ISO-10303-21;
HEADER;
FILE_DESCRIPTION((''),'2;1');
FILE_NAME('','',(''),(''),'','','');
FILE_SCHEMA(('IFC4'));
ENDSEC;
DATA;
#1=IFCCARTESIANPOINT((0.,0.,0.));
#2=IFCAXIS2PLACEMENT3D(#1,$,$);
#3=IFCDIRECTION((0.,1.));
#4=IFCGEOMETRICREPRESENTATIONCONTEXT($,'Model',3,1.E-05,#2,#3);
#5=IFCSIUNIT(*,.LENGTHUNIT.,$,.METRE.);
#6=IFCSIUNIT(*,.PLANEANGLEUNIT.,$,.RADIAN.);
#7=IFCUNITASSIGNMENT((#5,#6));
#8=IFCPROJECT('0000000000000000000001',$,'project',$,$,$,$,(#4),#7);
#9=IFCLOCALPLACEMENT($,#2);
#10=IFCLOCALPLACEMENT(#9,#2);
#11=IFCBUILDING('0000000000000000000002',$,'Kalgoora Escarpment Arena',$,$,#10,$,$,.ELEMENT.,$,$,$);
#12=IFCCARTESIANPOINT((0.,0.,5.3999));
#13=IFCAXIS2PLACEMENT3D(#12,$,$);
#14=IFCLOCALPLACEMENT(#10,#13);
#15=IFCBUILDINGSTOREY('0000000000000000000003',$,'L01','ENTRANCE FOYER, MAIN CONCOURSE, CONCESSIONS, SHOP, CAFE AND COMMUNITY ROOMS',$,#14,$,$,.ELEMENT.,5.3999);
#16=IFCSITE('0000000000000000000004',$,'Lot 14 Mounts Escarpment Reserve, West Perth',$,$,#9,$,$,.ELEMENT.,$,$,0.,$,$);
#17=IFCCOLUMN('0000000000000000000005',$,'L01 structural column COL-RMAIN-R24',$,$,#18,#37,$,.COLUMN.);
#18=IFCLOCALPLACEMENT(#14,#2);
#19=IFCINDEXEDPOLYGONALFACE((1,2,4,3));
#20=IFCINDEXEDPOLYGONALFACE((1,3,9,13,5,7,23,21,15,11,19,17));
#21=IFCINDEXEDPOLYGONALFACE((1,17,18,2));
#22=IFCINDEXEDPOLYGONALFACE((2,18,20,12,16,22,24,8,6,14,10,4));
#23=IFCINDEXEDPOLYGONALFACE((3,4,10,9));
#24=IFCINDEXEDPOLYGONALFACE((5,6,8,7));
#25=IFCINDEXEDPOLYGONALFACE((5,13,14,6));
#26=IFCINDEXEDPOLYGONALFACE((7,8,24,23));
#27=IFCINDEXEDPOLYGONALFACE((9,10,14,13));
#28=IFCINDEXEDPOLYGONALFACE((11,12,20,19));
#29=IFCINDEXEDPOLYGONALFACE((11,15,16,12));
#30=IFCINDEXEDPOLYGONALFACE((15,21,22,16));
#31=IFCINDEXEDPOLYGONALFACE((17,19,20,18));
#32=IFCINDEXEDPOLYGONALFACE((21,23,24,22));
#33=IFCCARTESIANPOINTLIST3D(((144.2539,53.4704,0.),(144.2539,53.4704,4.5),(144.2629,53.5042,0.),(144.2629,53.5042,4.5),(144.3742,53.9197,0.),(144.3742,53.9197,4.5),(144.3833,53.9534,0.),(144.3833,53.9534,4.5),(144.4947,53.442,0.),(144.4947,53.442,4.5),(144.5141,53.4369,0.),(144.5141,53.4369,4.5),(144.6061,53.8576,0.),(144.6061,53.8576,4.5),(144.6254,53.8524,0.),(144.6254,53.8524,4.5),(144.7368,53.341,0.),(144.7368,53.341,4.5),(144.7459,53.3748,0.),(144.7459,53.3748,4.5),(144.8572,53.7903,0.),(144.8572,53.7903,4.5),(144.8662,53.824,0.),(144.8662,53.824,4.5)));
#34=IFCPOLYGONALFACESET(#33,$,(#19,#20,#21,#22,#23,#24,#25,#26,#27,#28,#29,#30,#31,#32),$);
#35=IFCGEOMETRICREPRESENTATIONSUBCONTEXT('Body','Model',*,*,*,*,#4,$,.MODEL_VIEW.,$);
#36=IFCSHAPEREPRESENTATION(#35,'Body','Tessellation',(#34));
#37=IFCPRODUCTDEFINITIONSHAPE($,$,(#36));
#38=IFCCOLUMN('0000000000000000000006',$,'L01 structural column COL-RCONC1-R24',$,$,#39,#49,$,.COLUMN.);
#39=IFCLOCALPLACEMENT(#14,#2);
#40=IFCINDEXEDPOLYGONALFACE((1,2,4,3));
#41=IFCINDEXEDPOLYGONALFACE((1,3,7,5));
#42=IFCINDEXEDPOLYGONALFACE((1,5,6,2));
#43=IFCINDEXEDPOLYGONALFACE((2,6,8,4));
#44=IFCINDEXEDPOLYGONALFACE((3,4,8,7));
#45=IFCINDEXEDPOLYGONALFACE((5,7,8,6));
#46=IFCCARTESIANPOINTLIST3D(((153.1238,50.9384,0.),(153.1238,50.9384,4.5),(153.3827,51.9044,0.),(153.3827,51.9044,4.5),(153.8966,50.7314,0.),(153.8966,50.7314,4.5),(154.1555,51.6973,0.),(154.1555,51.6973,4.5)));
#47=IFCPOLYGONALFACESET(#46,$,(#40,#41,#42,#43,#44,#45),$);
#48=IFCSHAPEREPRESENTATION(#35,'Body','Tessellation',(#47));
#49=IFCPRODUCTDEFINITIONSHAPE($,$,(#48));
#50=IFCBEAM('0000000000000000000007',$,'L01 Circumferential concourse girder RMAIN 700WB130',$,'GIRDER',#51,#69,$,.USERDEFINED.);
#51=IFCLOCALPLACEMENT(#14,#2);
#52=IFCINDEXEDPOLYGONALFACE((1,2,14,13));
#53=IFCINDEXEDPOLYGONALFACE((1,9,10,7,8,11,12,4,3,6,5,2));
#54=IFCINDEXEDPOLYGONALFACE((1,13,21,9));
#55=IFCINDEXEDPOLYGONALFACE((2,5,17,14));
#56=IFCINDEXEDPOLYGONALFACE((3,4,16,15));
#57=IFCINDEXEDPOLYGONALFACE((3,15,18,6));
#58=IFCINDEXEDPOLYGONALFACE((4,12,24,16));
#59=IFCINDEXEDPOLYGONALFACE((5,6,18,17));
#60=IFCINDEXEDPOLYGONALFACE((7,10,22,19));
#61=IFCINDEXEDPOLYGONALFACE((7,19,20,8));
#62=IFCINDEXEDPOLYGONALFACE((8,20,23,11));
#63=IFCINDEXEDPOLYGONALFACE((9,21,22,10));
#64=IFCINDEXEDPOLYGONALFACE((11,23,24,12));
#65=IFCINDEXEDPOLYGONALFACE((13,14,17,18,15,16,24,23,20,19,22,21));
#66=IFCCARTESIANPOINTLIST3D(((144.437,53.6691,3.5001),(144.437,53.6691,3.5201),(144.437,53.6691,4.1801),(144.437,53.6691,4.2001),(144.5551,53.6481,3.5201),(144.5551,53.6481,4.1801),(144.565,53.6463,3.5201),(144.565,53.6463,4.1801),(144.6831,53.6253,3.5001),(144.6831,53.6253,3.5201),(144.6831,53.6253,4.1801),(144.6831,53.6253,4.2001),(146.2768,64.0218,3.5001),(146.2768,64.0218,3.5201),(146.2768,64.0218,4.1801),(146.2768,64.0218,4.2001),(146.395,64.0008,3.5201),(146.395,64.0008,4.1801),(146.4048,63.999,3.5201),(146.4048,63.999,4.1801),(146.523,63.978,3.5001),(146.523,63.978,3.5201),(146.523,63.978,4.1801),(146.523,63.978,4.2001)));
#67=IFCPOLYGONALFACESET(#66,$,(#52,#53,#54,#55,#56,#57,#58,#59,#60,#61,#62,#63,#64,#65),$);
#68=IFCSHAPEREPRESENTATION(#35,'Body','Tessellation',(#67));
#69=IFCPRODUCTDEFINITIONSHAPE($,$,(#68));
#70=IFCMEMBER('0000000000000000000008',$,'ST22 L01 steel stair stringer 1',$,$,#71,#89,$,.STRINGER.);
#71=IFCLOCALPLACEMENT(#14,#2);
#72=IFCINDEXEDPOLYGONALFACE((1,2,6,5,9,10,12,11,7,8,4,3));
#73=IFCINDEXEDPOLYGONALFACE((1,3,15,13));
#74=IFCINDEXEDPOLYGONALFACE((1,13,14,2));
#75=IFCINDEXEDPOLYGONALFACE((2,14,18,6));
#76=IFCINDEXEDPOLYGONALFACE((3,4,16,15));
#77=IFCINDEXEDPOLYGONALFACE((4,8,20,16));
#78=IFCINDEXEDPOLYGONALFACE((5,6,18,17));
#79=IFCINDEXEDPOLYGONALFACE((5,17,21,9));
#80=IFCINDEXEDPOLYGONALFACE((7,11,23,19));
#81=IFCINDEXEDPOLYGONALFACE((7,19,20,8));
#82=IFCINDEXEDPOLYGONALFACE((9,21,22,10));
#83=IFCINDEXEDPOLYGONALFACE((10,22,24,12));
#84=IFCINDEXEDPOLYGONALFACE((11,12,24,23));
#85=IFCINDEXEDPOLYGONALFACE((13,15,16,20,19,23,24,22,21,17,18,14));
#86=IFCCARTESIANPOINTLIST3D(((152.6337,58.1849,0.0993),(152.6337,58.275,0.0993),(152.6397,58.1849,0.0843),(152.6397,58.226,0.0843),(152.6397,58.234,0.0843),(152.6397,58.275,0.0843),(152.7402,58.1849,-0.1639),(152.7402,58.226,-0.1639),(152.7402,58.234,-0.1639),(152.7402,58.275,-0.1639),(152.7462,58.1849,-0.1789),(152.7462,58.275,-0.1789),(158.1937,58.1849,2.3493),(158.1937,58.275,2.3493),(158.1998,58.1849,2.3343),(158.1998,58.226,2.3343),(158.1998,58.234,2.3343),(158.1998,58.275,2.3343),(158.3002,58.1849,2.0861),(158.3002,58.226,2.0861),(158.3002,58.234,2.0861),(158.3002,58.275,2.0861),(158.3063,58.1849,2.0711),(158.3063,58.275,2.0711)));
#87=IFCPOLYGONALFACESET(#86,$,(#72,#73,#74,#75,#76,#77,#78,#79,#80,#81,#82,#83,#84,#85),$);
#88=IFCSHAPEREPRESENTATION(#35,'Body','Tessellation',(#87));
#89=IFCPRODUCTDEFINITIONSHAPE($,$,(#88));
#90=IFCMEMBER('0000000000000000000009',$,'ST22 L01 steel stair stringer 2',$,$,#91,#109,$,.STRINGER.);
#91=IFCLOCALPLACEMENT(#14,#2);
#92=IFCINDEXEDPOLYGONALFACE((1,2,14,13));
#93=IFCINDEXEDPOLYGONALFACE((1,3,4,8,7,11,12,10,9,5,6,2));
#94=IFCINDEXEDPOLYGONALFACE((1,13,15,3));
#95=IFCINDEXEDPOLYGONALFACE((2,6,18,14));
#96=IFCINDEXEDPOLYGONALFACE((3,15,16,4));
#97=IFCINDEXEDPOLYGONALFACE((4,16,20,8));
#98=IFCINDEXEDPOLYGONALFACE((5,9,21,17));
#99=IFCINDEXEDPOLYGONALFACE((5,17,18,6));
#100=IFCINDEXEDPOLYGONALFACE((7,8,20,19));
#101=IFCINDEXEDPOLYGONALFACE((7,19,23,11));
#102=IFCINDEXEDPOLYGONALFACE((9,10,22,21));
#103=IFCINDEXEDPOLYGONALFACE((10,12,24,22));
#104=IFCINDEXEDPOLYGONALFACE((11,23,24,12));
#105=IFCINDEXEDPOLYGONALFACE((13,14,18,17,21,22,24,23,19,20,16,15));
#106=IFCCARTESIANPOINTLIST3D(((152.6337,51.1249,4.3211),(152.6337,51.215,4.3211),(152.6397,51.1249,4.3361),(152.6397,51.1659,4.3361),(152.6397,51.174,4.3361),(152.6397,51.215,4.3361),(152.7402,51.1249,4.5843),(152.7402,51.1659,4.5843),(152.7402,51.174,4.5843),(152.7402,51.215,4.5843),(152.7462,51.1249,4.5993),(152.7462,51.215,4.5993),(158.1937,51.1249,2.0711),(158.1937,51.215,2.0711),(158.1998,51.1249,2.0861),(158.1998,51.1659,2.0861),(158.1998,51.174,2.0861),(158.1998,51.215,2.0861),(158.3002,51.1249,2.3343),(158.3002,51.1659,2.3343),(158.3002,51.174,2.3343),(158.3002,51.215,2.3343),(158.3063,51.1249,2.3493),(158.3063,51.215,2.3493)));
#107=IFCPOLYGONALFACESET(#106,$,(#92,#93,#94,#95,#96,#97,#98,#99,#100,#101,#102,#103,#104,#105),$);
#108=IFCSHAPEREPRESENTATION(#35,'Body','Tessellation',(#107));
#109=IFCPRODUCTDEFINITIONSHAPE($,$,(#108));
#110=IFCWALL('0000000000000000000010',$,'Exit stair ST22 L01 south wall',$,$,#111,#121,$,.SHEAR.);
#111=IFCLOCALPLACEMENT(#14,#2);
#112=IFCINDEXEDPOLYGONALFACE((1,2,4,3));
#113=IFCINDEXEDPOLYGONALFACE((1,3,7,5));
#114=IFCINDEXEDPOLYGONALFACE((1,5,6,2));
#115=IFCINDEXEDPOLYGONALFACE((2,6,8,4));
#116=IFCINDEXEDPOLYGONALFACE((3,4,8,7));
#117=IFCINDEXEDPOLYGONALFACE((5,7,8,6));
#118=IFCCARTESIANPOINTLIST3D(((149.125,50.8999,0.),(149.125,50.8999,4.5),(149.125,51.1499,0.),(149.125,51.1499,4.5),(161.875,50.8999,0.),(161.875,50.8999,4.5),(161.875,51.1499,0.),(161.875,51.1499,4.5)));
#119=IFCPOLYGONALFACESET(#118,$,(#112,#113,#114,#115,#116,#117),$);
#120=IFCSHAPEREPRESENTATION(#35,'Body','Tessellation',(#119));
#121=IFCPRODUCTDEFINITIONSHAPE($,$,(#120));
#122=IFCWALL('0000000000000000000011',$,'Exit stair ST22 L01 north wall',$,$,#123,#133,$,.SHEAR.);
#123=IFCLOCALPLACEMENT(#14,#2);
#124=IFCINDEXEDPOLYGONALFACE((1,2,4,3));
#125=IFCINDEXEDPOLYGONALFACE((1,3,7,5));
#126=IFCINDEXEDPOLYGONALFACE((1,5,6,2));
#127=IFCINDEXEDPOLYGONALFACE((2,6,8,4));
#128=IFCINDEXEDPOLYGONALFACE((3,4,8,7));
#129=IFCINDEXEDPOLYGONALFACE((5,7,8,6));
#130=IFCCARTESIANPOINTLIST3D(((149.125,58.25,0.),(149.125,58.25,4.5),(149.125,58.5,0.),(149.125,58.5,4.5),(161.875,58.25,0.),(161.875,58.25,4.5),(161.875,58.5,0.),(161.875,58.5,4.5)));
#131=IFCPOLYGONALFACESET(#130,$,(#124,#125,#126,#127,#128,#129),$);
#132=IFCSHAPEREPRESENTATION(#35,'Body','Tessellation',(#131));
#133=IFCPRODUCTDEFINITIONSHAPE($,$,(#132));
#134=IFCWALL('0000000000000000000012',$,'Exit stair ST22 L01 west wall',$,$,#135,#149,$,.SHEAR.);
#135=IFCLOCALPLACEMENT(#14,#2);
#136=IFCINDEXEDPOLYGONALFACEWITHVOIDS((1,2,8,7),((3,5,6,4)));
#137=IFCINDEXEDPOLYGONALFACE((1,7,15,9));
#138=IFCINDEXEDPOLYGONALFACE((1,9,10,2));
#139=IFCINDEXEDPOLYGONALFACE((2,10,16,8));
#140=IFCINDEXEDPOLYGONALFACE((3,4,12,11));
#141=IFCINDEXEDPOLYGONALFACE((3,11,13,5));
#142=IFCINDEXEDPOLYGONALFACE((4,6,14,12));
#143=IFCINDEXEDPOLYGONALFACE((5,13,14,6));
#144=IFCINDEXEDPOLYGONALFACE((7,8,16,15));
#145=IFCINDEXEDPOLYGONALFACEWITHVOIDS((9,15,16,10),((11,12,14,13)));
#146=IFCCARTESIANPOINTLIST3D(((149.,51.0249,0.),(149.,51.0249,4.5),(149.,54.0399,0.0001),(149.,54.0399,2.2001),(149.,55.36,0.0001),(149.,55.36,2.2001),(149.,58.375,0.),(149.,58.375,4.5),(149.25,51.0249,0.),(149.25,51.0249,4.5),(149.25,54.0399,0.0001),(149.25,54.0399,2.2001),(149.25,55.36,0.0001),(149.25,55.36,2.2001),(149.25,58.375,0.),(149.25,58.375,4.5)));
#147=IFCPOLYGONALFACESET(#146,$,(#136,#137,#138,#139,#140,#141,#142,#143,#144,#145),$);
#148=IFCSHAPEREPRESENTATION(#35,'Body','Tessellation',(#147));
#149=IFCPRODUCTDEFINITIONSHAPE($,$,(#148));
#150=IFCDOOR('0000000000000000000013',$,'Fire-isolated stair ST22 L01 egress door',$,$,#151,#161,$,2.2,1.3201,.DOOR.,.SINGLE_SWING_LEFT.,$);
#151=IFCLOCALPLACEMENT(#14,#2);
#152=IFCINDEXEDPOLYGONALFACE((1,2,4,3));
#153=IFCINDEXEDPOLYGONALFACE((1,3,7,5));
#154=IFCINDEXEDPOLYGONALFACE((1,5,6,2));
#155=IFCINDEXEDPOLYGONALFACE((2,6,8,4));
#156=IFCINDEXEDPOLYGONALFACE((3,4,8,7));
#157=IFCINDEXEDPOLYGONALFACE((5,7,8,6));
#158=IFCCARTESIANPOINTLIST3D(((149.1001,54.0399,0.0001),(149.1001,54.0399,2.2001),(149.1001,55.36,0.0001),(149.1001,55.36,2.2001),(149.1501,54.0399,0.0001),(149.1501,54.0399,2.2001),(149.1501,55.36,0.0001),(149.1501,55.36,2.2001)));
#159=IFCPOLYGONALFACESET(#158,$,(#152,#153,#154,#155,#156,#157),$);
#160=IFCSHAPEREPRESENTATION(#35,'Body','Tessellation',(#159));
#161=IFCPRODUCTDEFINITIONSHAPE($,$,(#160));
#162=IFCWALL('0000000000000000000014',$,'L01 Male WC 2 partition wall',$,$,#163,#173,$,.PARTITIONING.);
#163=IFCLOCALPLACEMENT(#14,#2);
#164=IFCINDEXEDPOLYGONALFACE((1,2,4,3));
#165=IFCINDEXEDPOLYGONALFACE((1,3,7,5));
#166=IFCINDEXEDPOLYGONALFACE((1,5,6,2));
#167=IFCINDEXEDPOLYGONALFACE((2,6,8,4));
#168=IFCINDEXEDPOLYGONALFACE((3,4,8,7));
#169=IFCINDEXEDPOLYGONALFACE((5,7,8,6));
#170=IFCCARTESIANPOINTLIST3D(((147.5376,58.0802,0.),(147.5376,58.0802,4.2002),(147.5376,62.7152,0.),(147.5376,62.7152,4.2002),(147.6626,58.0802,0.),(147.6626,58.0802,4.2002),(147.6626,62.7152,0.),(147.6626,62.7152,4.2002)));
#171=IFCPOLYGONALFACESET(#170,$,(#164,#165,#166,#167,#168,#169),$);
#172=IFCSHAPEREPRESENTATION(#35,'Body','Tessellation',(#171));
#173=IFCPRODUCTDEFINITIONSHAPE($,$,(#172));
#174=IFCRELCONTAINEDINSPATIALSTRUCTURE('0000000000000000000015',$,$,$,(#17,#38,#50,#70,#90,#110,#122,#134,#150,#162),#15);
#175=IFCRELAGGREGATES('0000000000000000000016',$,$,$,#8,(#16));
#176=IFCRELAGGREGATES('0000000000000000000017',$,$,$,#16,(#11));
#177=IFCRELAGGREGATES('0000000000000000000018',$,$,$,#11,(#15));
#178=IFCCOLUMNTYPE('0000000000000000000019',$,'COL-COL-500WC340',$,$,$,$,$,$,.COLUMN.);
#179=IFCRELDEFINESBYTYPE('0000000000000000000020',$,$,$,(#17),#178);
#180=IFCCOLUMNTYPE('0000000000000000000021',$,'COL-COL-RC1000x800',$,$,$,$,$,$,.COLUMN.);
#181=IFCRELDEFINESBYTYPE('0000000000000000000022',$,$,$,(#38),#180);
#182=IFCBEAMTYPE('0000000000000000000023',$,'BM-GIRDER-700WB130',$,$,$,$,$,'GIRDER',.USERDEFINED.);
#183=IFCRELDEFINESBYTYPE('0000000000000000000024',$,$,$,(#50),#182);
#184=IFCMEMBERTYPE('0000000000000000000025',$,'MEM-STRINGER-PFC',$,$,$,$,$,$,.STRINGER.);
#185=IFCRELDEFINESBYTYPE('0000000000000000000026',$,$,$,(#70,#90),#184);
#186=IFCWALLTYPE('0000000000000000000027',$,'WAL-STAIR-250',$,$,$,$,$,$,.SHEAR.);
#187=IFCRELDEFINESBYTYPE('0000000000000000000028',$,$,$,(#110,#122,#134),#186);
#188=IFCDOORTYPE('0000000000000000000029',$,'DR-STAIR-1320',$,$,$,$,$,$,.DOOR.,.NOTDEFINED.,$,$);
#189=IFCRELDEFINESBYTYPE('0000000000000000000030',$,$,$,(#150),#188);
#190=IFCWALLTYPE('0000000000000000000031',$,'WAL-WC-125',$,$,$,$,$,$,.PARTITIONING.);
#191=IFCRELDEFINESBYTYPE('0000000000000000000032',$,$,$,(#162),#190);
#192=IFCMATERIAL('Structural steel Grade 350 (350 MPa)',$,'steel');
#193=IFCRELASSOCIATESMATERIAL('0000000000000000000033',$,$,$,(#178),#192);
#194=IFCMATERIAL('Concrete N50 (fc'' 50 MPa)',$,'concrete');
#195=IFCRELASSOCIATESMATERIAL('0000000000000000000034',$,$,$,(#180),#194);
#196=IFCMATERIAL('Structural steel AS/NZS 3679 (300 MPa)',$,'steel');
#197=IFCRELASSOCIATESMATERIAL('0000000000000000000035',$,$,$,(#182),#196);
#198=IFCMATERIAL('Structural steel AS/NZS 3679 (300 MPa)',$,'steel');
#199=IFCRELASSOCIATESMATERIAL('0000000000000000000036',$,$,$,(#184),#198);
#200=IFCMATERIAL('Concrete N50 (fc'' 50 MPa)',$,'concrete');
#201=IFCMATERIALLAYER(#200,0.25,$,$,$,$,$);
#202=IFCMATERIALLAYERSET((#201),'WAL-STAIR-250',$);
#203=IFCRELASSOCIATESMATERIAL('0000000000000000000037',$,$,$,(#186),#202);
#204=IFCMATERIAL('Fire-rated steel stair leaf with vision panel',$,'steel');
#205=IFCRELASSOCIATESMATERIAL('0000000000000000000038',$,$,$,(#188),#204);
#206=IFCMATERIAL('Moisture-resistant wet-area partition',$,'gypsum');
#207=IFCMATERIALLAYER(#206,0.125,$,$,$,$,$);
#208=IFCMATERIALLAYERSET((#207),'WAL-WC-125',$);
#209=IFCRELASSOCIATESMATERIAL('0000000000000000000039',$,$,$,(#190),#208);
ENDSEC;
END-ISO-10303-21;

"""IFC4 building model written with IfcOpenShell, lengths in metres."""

from ifc_helpers import new_model, si_unit, direction, frame, frame_2d, origin, origin_2d, place, context, subcontext, project, spatial, rectangle, i_section, extrude, material, layer, layer_set, material_profile, profile_set, type_object, element, fill, save


model = new_model("IFC4")

# Units and contexts
model_context = context("Model", 3, precision=1e-05, world=origin(), true_north=direction((0.0, 1.0)))
body_context = subcontext(model_context, "Body", "Model", "MODEL_VIEW")
ifc_project = project(units=[si_unit("LENGTHUNIT", "METRE"), si_unit("PLANEANGLEUNIT", "RADIAN")], contexts=[model_context])

# Site, building, storey
site_placement = place(None, origin())
site = spatial("IfcSite", under=ifc_project, at=site_placement, Name="Lot 14 Mounts Escarpment Reserve, West Perth", CompositionType="ELEMENT", RefElevation=0.0)
building_placement = place(site_placement, origin())
building = spatial("IfcBuilding", under=site, at=building_placement, Name="Kalgoora Escarpment Arena", CompositionType="ELEMENT")
storey_placement = place(building_placement, frame((0.0, 0.0, 5.3999)))
storey = spatial("IfcBuildingStorey", under=building, at=storey_placement, Name="L01", Description="ENTRANCE FOYER, MAIN CONCOURSE, CONCESSIONS, SHOP, CAFE AND COMMUNITY ROOMS", CompositionType="ELEMENT", Elevation=5.3999)

# Columns
ifc_material_1 = material(Name="Structural steel Grade 350 (350 MPa)", Category="steel")
ifc_material_profile_1 = material_profile(ifc_material_1, i_section(OverallWidth=0.5, OverallDepth=0.5, WebThickness=0.02, FlangeThickness=0.0349, at=origin_2d()))
ifc_profile_set_1 = profile_set([ifc_material_profile_1], Name="Structural steel Grade 350 (350 MPa)")
column_type_1 = type_object("IfcColumnType", Name="COL-COL-500WC340", PredefinedType="COLUMN", material=ifc_profile_set_1)
column_1_placement = place(storey_placement, frame((144.5601, 53.6472, 0.0), z_axis=(0.0, 0.0, 1.0), x_axis=(0.965926, -0.258819, 0.0)))
element("IfcColumn", 1, at=column_1_placement, inside=storey, type_object=column_type_1, Name="L01 structural column COL-RMAIN-R24", PredefinedType="COLUMN", context=body_context, shape_type="SweptSolid", body=[
    extrude(i_section(OverallWidth=0.5, OverallDepth=0.5, WebThickness=0.02, FlangeThickness=0.0349, at=origin_2d()), origin(), (0.0, 0.0, 1.0), 4.5),
])
ifc_material_2 = material(Name="Concrete N50 (fc' 50 MPa)", Category="concrete")
ifc_material_profile_2 = material_profile(ifc_material_2, rectangle(XDim=0.8, YDim=1.0, at=origin_2d()))
ifc_profile_set_2 = profile_set([ifc_material_profile_2], Name="Concrete N50 (fc' 50 MPa)")
column_type_2 = type_object("IfcColumnType", Name="COL-COL-RC1000x800", PredefinedType="COLUMN", material=ifc_profile_set_2)
column_2_placement = place(storey_placement, frame((153.6396, 51.3179, 0.0), z_axis=(0.0, 0.0, 1.0), x_axis=(0.965926, -0.258819, 0.0)))
element("IfcColumn", 2, at=column_2_placement, inside=storey, type_object=column_type_2, Name="L01 structural column COL-RCONC1-R24", PredefinedType="COLUMN", context=body_context, shape_type="SweptSolid", body=[
    extrude(rectangle(XDim=0.8, YDim=1.0, at=origin_2d()), origin(), (0.0, 0.0, 1.0), 4.5),
])

# Beam
ifc_material_3 = material(Name="Structural steel AS/NZS 3679 (300 MPa)", Category="steel")
ifc_material_profile_3 = material_profile(ifc_material_3, i_section(OverallWidth=0.25, OverallDepth=0.7, WebThickness=0.01, FlangeThickness=0.02, at=origin_2d()))
ifc_profile_set_3 = profile_set([ifc_material_profile_3], Name="Structural steel AS/NZS 3679 (300 MPa)")
beam_type = type_object("IfcBeamType", Name="BM-GIRDER-700WB130", ElementType="GIRDER", PredefinedType="USERDEFINED", material=ifc_profile_set_3)
beam_placement = place(storey_placement, frame((144.5601, 53.6472, 3.8501), z_axis=(0.174973, 0.984573, 0.0), x_axis=(-0.984573, 0.174973, 0.0)))
element("IfcBeam", 3, at=beam_placement, inside=storey, type_object=beam_type, Name="L01 Circumferential concourse girder RMAIN 700WB130", ObjectType="GIRDER", PredefinedType="USERDEFINED", context=body_context, shape_type="SweptSolid", body=[
    extrude(i_section(OverallWidth=0.25, OverallDepth=0.7, WebThickness=0.01, FlangeThickness=0.02, at=origin_2d()), origin(), (0.0, 0.0, 1.0), 10.5149),
])

# Members
ifc_material_4 = material(Name="Structural steel AS/NZS 3679 (300 MPa)", Category="steel")
ifc_material_profile_4 = material_profile(ifc_material_4, i_section(OverallWidth=0.0901, OverallDepth=0.3, WebThickness=0.0081, FlangeThickness=0.0161, at=origin_2d()))
ifc_profile_set_4 = profile_set([ifc_material_profile_4], Name="Structural steel AS/NZS 3679 (300 MPa)")
member_type = type_object("IfcMemberType", Name="MEM-STRINGER-PFC", PredefinedType="STRINGER", material=ifc_profile_set_4)
for number, where, z_axis, x_axis, name in (
    (4, (152.6899, 58.23, -0.0398), (0.926976, 0.0, 0.375121), (0.0, 1.0, 0.0), "ST22 L01 steel stair stringer 1"),
    (5, (158.25, 51.1699, 2.2102), (-0.926976, 0.0, 0.375121), (0.0, -1.0, 0.0), "ST22 L01 steel stair stringer 2"),
):
    element("IfcMember", number, at=place(storey_placement, frame(where, z_axis=z_axis, x_axis=x_axis)), inside=storey, type_object=member_type, Name=name, PredefinedType="STRINGER", context=body_context, shape_type="SweptSolid", body=[
        extrude(i_section(OverallWidth=0.0901, OverallDepth=0.3, WebThickness=0.0081, FlangeThickness=0.0161, at=origin_2d()), origin(), (0.0, 0.0, 1.0), 5.998),
    ])

# Walls
ifc_material_5 = material(Name="Concrete N50 (fc' 50 MPa)", Category="concrete")
ifc_layer_1 = layer(ifc_material_5, 0.25)
ifc_layer_set_1 = layer_set([ifc_layer_1], Name="WAL-STAIR-250")
wall_type_1 = type_object("IfcWallType", Name="WAL-STAIR-250", PredefinedType="SHEAR", material=ifc_layer_set_1)
for number, where, z_axis, x_axis, name in (
    (6, (149.125, 51.0249, 0.0), (0.0, 0.0, 1.0), (1.0, 0.0, 0.0), "Exit stair ST22 L01 south wall"),
    (7, (149.125, 58.375, 0.0), (0.0, 0.0, 1.0), (1.0, 0.0, 0.0), "Exit stair ST22 L01 north wall"),
):
    element("IfcWall", number, at=place(storey_placement, frame(where, z_axis=z_axis, x_axis=x_axis)), inside=storey, type_object=wall_type_1, Name=name, PredefinedType="SHEAR", context=body_context, shape_type="SweptSolid", body=[
        extrude(rectangle(XDim=12.75, YDim=0.25, at=frame_2d((6.375, 0.0))), origin(), (0.0, 0.0, 1.0), 4.5),
    ])

# Wall, opening, door
wall_1_placement = place(storey_placement, frame((149.125, 51.0249, 0.0), z_axis=(0.0, 0.0, 1.0), x_axis=(0.0, 1.0, 0.0)))
wall_1 = element("IfcWall", 8, at=wall_1_placement, inside=storey, type_object=wall_type_1, Name="Exit stair ST22 L01 west wall", PredefinedType="SHEAR", context=body_context, shape_type="SweptSolid", body=[
    extrude(rectangle(XDim=7.3501, YDim=0.25, at=frame_2d((3.675, 0.0))), origin(), (0.0, 0.0, 1.0), 4.5),
])
opening_1_placement = place(wall_1_placement, frame((3.0149, 0.0, 0.0)))
opening_1 = element("IfcOpeningElement", 9, at=opening_1_placement, cuts=wall_1, PredefinedType="OPENING", context=body_context, shape_type="SweptSolid", body=[
    extrude(rectangle(XDim=1.3201, YDim=2.2, at=frame_2d((0.6602, 1.1001))), frame((0.0, 0.135, 0.0), z_axis=(0.0, -1.0, 0.0), x_axis=(1.0, 0.0, 0.0)), (0.0, 0.0, 1.0), 0.27),
])
ifc_material_6 = material(Name="Fire-rated steel stair leaf with vision panel", Category="steel")
door_type_1 = type_object("IfcDoorType", Name="DR-STAIR-1320", OperationType="NOTDEFINED", PredefinedType="DOOR", material=ifc_material_6)
door_1_placement = place(opening_1_placement, origin())
door_1 = element("IfcDoor", 10, at=door_1_placement, inside=storey, type_object=door_type_1, Name="Fire-isolated stair ST22 L01 egress door", OperationType="SINGLE_SWING_LEFT", OverallHeight=2.2, OverallWidth=1.3201, PredefinedType="DOOR", context=body_context, shape_type="SweptSolid", body=[
    extrude(rectangle(XDim=1.3201, YDim=2.2, at=frame_2d((0.6602, 1.1001))), frame((0.0, 0.0249, 0.0), z_axis=(0.0, -1.0, 0.0), x_axis=(1.0, 0.0, 0.0)), (0.0, 0.0, 1.0), 0.05),
])
fill(opening_1, door_1)

# Wall
ifc_material_7 = material(Name="Moisture-resistant wet-area partition", Category="gypsum")
ifc_layer_2 = layer(ifc_material_7, 0.125)
ifc_layer_set_2 = layer_set([ifc_layer_2], Name="WAL-WC-125")
wall_type_2 = type_object("IfcWallType", Name="WAL-WC-125", PredefinedType="PARTITIONING", material=ifc_layer_set_2)
wall_2_placement = place(storey_placement, frame((147.6001, 62.7151, 0.0), z_axis=(0.0, 0.0, 1.0), x_axis=(0.0, -1.0, 0.0)))
element("IfcWall", 11, at=wall_2_placement, inside=storey, type_object=wall_type_2, Name="L01 Male WC 2 partition wall", PredefinedType="PARTITIONING", context=body_context, shape_type="SweptSolid", body=[
    extrude(rectangle(XDim=4.635, YDim=0.125, at=frame_2d((2.3174, 0.0))), origin(), (0.0, 0.0, 1.0), 4.2002),
])

save(model, "model.ifc")
